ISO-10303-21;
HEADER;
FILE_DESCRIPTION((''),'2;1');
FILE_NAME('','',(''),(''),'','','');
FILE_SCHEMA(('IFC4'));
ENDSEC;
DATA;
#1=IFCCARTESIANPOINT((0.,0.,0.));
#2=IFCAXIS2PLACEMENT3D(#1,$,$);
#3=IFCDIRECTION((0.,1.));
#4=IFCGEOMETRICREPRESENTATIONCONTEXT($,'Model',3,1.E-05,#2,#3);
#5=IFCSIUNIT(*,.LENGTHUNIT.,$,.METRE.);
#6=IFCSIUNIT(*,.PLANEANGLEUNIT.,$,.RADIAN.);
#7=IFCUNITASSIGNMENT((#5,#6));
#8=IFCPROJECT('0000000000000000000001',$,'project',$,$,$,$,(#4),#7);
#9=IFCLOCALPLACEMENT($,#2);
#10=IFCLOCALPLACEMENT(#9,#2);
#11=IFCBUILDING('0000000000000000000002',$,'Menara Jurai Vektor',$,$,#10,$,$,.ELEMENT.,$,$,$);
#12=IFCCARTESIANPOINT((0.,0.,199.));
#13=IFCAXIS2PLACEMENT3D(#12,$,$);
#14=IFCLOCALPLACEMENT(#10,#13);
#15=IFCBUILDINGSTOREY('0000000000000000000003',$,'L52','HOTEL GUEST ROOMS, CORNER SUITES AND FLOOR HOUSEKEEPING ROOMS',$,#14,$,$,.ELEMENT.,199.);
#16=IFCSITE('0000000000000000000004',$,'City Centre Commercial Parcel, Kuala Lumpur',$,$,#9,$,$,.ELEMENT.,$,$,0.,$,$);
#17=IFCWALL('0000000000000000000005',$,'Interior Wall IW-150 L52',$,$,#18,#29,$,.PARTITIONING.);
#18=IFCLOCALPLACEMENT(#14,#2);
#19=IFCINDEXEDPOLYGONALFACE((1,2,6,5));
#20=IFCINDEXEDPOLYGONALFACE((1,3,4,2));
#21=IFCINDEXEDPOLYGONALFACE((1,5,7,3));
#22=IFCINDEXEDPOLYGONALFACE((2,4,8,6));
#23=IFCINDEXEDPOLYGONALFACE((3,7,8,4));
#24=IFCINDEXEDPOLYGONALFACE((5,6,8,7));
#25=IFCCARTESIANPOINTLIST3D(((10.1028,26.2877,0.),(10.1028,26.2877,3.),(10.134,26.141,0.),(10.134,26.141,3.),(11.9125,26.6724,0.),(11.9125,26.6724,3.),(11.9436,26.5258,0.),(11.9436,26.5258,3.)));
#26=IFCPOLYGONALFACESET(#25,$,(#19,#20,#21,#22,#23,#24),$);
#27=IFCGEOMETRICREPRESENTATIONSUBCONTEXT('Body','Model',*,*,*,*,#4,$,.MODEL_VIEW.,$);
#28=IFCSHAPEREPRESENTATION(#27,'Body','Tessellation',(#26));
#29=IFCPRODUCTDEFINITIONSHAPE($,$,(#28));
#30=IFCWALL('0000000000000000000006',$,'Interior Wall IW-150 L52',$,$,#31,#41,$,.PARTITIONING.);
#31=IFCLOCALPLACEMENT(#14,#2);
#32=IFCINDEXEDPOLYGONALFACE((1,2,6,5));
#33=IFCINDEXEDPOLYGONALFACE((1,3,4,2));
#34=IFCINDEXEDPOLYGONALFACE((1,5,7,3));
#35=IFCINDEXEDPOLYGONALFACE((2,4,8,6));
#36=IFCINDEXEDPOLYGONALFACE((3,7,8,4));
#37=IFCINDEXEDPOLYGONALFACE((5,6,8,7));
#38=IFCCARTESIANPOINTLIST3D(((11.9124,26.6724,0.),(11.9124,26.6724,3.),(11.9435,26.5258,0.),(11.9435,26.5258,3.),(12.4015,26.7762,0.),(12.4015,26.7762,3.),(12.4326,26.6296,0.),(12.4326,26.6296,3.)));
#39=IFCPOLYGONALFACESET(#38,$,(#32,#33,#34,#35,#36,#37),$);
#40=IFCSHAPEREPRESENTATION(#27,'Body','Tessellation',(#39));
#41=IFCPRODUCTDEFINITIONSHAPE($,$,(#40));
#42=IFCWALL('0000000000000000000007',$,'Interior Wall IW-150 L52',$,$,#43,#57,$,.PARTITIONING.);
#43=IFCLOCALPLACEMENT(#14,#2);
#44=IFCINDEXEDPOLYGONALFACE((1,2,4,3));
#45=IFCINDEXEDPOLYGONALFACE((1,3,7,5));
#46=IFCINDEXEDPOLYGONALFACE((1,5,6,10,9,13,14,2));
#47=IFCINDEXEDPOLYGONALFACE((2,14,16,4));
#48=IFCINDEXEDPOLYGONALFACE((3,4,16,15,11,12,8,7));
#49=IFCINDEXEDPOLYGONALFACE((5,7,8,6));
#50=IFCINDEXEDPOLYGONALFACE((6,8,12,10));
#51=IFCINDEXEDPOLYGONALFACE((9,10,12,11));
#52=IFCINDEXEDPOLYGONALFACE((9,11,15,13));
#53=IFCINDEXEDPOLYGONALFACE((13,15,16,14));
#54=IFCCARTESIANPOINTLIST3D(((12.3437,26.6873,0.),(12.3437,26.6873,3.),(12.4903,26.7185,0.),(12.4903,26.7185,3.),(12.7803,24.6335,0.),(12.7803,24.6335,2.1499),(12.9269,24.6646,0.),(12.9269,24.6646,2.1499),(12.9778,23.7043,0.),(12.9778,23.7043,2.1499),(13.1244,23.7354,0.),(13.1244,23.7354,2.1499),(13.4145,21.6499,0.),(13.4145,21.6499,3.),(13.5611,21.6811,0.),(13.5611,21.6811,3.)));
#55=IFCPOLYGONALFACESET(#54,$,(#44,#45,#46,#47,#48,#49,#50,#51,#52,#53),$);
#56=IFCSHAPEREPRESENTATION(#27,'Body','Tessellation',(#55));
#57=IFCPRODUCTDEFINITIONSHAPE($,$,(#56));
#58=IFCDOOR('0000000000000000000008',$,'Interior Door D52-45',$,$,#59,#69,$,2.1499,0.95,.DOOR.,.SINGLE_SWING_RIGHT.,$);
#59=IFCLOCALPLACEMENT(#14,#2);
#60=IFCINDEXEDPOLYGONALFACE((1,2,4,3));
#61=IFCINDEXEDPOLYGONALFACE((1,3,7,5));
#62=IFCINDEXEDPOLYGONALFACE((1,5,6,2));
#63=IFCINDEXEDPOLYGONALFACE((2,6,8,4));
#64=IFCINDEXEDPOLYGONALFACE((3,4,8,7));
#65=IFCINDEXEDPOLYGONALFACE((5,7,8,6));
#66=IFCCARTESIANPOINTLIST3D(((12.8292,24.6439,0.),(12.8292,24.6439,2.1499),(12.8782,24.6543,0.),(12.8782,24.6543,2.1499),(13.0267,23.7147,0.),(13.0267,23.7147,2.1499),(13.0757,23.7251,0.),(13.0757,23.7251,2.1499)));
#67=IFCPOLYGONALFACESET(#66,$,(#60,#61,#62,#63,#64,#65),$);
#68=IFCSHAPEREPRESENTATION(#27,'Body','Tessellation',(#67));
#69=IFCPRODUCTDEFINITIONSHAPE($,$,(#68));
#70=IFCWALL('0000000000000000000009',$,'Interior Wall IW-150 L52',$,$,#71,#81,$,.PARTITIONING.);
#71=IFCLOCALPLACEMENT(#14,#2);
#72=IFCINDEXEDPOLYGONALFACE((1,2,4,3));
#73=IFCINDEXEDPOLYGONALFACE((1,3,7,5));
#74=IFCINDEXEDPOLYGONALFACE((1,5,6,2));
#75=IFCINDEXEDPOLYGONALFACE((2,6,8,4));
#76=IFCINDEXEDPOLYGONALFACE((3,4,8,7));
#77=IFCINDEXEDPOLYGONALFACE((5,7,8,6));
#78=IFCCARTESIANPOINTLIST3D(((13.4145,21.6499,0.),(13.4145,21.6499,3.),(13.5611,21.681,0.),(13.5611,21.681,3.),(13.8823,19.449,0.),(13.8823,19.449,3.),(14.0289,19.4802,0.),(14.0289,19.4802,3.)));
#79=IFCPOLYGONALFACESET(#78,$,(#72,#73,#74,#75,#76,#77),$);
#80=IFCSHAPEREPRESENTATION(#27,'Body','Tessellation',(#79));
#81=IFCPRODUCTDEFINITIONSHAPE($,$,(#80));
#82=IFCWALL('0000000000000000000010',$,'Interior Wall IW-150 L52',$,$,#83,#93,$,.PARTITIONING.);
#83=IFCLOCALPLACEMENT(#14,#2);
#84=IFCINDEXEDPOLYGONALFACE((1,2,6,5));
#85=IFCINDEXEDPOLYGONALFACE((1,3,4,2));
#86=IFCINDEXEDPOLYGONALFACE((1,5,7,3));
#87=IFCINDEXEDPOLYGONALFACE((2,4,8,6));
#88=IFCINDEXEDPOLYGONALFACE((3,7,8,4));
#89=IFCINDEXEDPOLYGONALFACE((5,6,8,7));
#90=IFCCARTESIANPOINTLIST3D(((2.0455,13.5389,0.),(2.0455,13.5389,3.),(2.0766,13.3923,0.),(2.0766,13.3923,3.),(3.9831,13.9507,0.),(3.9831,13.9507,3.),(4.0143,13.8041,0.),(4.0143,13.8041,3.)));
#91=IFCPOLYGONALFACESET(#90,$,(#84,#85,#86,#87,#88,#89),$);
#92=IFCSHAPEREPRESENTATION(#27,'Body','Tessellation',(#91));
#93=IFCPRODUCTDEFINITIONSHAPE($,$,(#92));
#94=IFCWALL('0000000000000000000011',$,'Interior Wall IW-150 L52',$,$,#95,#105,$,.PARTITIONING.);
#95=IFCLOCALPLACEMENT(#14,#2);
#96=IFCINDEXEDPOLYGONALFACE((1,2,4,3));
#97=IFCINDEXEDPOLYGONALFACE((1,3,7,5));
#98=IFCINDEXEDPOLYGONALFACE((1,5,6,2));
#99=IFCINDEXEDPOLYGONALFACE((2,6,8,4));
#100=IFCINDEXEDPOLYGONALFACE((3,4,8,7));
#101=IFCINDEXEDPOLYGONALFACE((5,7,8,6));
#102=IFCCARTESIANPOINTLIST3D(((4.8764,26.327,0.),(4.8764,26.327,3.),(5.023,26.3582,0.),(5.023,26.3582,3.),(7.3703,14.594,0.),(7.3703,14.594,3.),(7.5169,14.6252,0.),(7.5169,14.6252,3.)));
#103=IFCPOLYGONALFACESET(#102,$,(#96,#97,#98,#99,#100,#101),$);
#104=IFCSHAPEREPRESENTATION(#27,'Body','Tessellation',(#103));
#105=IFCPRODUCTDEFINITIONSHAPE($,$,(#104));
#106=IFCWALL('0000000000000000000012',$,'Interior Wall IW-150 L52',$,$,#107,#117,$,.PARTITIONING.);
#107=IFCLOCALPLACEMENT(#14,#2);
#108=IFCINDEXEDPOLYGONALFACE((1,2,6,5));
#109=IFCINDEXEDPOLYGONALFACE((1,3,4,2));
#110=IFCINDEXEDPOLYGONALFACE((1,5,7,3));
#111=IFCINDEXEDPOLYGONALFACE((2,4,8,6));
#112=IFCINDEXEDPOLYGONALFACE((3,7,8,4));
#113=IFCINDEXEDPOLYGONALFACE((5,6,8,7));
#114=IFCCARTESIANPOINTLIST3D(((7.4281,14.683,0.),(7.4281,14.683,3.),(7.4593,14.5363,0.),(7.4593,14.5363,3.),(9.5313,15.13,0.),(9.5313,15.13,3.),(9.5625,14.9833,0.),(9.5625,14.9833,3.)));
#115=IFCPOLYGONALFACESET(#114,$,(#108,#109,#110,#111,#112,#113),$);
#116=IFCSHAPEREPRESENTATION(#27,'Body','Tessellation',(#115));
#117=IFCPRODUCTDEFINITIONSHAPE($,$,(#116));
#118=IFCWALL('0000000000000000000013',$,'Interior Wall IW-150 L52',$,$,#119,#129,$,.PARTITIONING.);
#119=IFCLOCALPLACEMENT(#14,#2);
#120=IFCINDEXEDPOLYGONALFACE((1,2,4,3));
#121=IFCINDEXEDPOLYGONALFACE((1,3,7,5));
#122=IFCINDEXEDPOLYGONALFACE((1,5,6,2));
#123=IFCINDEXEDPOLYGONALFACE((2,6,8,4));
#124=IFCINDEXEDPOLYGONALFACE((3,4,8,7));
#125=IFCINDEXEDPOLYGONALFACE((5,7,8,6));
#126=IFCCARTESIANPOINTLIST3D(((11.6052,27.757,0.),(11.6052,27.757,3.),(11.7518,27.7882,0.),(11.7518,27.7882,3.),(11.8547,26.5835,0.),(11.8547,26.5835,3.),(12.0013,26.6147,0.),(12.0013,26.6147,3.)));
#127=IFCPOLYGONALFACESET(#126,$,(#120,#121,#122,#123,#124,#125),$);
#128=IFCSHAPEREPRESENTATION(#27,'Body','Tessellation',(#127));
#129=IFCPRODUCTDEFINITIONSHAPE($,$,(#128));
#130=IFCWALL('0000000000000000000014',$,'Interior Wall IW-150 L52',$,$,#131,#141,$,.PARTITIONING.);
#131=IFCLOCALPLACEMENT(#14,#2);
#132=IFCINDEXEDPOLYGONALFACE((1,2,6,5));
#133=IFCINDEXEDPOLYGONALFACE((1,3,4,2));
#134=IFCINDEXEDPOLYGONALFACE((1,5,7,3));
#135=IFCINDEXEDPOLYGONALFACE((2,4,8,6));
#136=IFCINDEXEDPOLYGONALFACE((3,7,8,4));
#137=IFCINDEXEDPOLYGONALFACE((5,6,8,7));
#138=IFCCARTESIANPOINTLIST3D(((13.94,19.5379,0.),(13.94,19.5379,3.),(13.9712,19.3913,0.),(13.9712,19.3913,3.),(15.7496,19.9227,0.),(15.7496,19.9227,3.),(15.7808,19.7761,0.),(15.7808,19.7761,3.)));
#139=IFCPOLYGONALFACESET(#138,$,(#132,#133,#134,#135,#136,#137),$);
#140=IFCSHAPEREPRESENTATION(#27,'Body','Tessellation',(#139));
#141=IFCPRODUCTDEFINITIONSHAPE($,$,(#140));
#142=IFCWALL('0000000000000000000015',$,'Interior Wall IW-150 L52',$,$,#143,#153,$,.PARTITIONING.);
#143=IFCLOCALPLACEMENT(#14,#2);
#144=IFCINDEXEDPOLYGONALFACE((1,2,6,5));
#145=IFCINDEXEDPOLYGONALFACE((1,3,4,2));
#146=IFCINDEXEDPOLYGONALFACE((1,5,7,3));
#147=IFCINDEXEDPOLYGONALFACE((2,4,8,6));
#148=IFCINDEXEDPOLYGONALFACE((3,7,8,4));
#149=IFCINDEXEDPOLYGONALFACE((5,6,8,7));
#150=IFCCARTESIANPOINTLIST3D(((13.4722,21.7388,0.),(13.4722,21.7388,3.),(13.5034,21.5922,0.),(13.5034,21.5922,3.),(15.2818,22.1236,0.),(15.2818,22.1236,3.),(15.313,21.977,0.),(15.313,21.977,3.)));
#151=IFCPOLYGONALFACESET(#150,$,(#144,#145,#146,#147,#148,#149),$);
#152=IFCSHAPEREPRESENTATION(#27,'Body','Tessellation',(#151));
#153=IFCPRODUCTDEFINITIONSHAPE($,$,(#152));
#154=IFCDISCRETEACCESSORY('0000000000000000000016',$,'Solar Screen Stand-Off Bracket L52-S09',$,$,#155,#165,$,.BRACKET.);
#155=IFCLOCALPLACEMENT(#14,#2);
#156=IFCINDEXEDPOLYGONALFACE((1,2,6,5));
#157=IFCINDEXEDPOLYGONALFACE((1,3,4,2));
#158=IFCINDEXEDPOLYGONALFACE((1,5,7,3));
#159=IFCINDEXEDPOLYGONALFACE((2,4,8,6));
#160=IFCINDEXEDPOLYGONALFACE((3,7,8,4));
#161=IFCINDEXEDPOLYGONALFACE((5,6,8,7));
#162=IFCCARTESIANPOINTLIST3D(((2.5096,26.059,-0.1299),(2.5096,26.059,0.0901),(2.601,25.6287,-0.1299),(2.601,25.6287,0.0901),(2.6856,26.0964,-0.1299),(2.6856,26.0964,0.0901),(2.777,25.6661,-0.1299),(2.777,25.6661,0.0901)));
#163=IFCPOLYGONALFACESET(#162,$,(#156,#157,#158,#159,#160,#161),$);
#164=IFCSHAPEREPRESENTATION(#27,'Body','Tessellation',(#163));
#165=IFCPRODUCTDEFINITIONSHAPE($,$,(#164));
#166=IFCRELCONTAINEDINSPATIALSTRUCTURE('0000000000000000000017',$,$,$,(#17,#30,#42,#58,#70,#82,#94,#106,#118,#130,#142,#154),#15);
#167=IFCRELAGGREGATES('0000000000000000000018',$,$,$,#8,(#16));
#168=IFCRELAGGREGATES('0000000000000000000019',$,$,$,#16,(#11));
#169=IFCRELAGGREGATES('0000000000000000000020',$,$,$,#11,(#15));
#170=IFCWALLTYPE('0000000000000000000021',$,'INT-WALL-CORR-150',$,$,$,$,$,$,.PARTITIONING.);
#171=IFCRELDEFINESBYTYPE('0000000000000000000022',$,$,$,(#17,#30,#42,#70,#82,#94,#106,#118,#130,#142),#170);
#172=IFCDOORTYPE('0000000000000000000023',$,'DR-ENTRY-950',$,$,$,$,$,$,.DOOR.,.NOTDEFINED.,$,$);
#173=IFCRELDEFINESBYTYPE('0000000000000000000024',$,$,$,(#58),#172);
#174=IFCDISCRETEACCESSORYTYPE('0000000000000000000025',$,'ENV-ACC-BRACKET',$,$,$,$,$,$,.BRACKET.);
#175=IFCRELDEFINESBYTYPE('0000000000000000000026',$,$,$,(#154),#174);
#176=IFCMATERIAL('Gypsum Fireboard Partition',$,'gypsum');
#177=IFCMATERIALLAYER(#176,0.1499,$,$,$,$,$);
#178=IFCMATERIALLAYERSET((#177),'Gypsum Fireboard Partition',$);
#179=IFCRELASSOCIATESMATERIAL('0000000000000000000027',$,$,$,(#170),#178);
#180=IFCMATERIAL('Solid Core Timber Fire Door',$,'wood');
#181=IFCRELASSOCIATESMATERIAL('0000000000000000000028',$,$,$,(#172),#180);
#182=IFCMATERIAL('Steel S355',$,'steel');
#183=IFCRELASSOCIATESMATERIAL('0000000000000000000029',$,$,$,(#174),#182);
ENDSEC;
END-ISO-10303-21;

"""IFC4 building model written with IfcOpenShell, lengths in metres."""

from ifc_helpers import new_model, si_unit, direction, frame, frame_2d, origin, origin_2d, place, context, subcontext, project, spatial, rectangle, extrude, material, layer, layer_set, type_object, element, fill, save


model = new_model("IFC4")

# Units and contexts
model_context = context("Model", 3, precision=1e-05, world=origin(), true_north=direction((0.0, 1.0)))
body_context = subcontext(model_context, "Body", "Model", "MODEL_VIEW")
ifc_project = project(units=[si_unit("LENGTHUNIT", "METRE"), si_unit("PLANEANGLEUNIT", "RADIAN")], contexts=[model_context])

# Site, building, storey
site_placement = place(None, origin())
site = spatial("IfcSite", under=ifc_project, at=site_placement, Name="City Centre Commercial Parcel, Kuala Lumpur", CompositionType="ELEMENT", RefElevation=0.0)
building_placement = place(site_placement, origin())
building = spatial("IfcBuilding", under=site, at=building_placement, Name="Menara Jurai Vektor", CompositionType="ELEMENT")
storey_placement = place(building_placement, frame((0.0, 0.0, 199.0)))
storey = spatial("IfcBuildingStorey", under=building, at=storey_placement, Name="L52", Description="HOTEL GUEST ROOMS, CORNER SUITES AND FLOOR HOUSEKEEPING ROOMS", CompositionType="ELEMENT", Elevation=199.0)

# Shared definitions
ifc_material_1 = material(Name="Steel S355", Category="steel")

# Walls
ifc_material_2 = material(Name="Gypsum Fireboard Partition", Category="gypsum")
ifc_layer_1 = layer(ifc_material_2, 0.1499)
ifc_layer_set_1 = layer_set([ifc_layer_1], Name="Gypsum Fireboard Partition")
wall_type = type_object("IfcWallType", Name="INT-WALL-CORR-150", PredefinedType="PARTITIONING", material=ifc_layer_set_1)
wall_1_placement = place(storey_placement, frame((10.1184, 26.2144, 0.0), z_axis=(0.0, 0.0, 1.0), x_axis=(0.978133, 0.207979, 0.0)))
element("IfcWall", 1, at=wall_1_placement, inside=storey, type_object=wall_type, Name="Interior Wall IW-150 L52", PredefinedType="PARTITIONING", context=body_context, shape_type="SweptSolid", body=[
    extrude(rectangle(XDim=1.8501, YDim=0.1499, at=frame_2d((0.925, 0.0))), origin(), (0.0, 0.0, 1.0), 3.0),
])
wall_2_placement = place(storey_placement, frame((11.928, 26.5991, 0.0), z_axis=(0.0, 0.0, 1.0), x_axis=(0.978222, 0.207561, 0.0)))
element("IfcWall", 2, at=wall_2_placement, inside=storey, type_object=wall_type, Name="Interior Wall IW-150 L52", PredefinedType="PARTITIONING", context=body_context, shape_type="SweptSolid", body=[
    extrude(rectangle(XDim=0.5, YDim=0.1499, at=frame_2d((0.25, 0.0))), origin(), (0.0, 0.0, 1.0), 3.0),
])

# Wall, opening, door
wall_3_placement = place(storey_placement, frame((13.4878, 21.6655, 0.0), z_axis=(0.0, 0.0, 1.0), x_axis=(-0.207926, 0.978145, 0.0)))
wall_3 = element("IfcWall", 3, at=wall_3_placement, inside=storey, type_object=wall_type, Name="Interior Wall IW-150 L52", PredefinedType="PARTITIONING", context=body_context, shape_type="SweptSolid", body=[
    extrude(rectangle(XDim=5.1499, YDim=0.1499, at=frame_2d((2.575, 0.0))), origin(), (0.0, 0.0, 1.0), 3.0),
])
opening_placement = place(wall_3_placement, frame((2.1001, 0.0, 0.0)))
opening = element("IfcOpeningElement", 4, at=opening_placement, cuts=wall_3, PredefinedType="OPENING", context=body_context, shape_type="SweptSolid", body=[
    extrude(rectangle(XDim=0.95, YDim=2.1499, at=frame_2d((0.4751, 1.075))), frame((0.0, 0.085, 0.0), z_axis=(0.0, -1.0, 0.0), x_axis=(1.0, 0.0, 0.0)), (0.0, 0.0, 1.0), 0.1699),
])
ifc_material_3 = material(Name="Solid Core Timber Fire Door", Category="wood")
door_type = type_object("IfcDoorType", Name="DR-ENTRY-950", OperationType="NOTDEFINED", PredefinedType="DOOR", material=ifc_material_3)
door_placement = place(opening_placement, origin())
door = element("IfcDoor", 5, at=door_placement, inside=storey, type_object=door_type, Name="Interior Door D52-45", OperationType="SINGLE_SWING_RIGHT", OverallHeight=2.1499, OverallWidth=0.95, PredefinedType="DOOR", context=body_context, shape_type="SweptSolid", body=[
    extrude(rectangle(XDim=0.95, YDim=2.1499, at=frame_2d((0.4751, 1.075))), frame((0.0, 0.0249, 0.0), z_axis=(0.0, -1.0, 0.0), x_axis=(1.0, 0.0, 0.0)), (0.0, 0.0, 1.0), 0.05),
])
fill(opening, door)

# Walls
wall_4_placement = place(storey_placement, frame((13.9556, 19.4646, 0.0), z_axis=(0.0, 0.0, 1.0), x_axis=(-0.207891, 0.978152, 0.0)))
element("IfcWall", 6, at=wall_4_placement, inside=storey, type_object=wall_type, Name="Interior Wall IW-150 L52", PredefinedType="PARTITIONING", context=body_context, shape_type="SweptSolid", body=[
    extrude(rectangle(XDim=2.25, YDim=0.1499, at=frame_2d((1.125, 0.0))), origin(), (0.0, 0.0, 1.0), 3.0),
])
wall_5_placement = place(storey_placement, frame((2.061, 13.4656, 0.0), z_axis=(0.0, 0.0, 1.0), x_axis=(0.978149, 0.207904, 0.0)))
element("IfcWall", 7, at=wall_5_placement, inside=storey, type_object=wall_type, Name="Interior Wall IW-150 L52", PredefinedType="PARTITIONING", context=body_context, shape_type="SweptSolid", body=[
    extrude(rectangle(XDim=1.981, YDim=0.1499, at=frame_2d((0.9905, 0.0))), origin(), (0.0, 0.0, 1.0), 3.0),
])
wall_6_placement = place(storey_placement, frame((7.4436, 14.6096, 0.0), z_axis=(0.0, 0.0, 1.0), x_axis=(-0.207911, 0.978148, 0.0)))
element("IfcWall", 8, at=wall_6_placement, inside=storey, type_object=wall_type, Name="Interior Wall IW-150 L52", PredefinedType="PARTITIONING", context=body_context, shape_type="SweptSolid", body=[
    extrude(rectangle(XDim=11.9951, YDim=0.1499, at=frame_2d((5.9976, 0.0))), origin(), (0.0, 0.0, 1.0), 3.0),
])
wall_7_placement = place(storey_placement, frame((7.4436, 14.6096, 0.0), z_axis=(0.0, 0.0, 1.0), x_axis=(0.978152, 0.207893, 0.0)))
element("IfcWall", 9, at=wall_7_placement, inside=storey, type_object=wall_type, Name="Interior Wall IW-150 L52", PredefinedType="PARTITIONING", context=body_context, shape_type="SweptSolid", body=[
    extrude(rectangle(XDim=2.1501, YDim=0.1499, at=frame_2d((1.0752, 0.0))), origin(), (0.0, 0.0, 1.0), 3.0),
])
wall_8_placement = place(storey_placement, frame((11.928, 26.5991, 0.0), z_axis=(0.0, 0.0, 1.0), x_axis=(-0.207959, 0.978138, 0.0)))
element("IfcWall", 10, at=wall_8_placement, inside=storey, type_object=wall_type, Name="Interior Wall IW-150 L52", PredefinedType="PARTITIONING", context=body_context, shape_type="SweptSolid", body=[
    extrude(rectangle(XDim=1.1997, YDim=0.1499, at=frame_2d((0.5999, 0.0))), origin(), (0.0, 0.0, 1.0), 3.0),
])
for number, where, z_axis, x_axis, name in (
    (11, (13.9556, 19.4646, 0.0), (0.0, 0.0, 1.0), (0.978133, 0.207979, 0.0), "Interior Wall IW-150 L52"),
    (12, (13.4878, 21.6655, 0.0), (0.0, 0.0, 1.0), (0.978133, 0.207979, 0.0), "Interior Wall IW-150 L52"),
):
    element("IfcWall", number, at=place(storey_placement, frame(where, z_axis=z_axis, x_axis=x_axis)), inside=storey, type_object=wall_type, Name=name, PredefinedType="PARTITIONING", context=body_context, shape_type="SweptSolid", body=[
        extrude(rectangle(XDim=1.8501, YDim=0.1499, at=frame_2d((0.925, 0.0))), origin(), (0.0, 0.0, 1.0), 3.0),
    ])

# Discrete accessory
discrete_accessory_type = type_object("IfcDiscreteAccessoryType", Name="ENV-ACC-BRACKET", PredefinedType="BRACKET", material=ifc_material_1)
discrete_accessory_placement = place(storey_placement, frame((2.6433, 25.8625, -0.1299), z_axis=(0.0, 0.0, 1.0), x_axis=(-0.978148, -0.207912, 0.0)))
element("IfcDiscreteAccessory", 13, at=discrete_accessory_placement, inside=storey, type_object=discrete_accessory_type, Name="Solar Screen Stand-Off Bracket L52-S09", PredefinedType="BRACKET", context=body_context, shape_type="SweptSolid", body=[
    extrude(rectangle(XDim=0.1799, YDim=0.4399, at=origin_2d()), origin(), (0.0, 0.0, 1.0), 0.22),
])

save(model, "model.ifc")
